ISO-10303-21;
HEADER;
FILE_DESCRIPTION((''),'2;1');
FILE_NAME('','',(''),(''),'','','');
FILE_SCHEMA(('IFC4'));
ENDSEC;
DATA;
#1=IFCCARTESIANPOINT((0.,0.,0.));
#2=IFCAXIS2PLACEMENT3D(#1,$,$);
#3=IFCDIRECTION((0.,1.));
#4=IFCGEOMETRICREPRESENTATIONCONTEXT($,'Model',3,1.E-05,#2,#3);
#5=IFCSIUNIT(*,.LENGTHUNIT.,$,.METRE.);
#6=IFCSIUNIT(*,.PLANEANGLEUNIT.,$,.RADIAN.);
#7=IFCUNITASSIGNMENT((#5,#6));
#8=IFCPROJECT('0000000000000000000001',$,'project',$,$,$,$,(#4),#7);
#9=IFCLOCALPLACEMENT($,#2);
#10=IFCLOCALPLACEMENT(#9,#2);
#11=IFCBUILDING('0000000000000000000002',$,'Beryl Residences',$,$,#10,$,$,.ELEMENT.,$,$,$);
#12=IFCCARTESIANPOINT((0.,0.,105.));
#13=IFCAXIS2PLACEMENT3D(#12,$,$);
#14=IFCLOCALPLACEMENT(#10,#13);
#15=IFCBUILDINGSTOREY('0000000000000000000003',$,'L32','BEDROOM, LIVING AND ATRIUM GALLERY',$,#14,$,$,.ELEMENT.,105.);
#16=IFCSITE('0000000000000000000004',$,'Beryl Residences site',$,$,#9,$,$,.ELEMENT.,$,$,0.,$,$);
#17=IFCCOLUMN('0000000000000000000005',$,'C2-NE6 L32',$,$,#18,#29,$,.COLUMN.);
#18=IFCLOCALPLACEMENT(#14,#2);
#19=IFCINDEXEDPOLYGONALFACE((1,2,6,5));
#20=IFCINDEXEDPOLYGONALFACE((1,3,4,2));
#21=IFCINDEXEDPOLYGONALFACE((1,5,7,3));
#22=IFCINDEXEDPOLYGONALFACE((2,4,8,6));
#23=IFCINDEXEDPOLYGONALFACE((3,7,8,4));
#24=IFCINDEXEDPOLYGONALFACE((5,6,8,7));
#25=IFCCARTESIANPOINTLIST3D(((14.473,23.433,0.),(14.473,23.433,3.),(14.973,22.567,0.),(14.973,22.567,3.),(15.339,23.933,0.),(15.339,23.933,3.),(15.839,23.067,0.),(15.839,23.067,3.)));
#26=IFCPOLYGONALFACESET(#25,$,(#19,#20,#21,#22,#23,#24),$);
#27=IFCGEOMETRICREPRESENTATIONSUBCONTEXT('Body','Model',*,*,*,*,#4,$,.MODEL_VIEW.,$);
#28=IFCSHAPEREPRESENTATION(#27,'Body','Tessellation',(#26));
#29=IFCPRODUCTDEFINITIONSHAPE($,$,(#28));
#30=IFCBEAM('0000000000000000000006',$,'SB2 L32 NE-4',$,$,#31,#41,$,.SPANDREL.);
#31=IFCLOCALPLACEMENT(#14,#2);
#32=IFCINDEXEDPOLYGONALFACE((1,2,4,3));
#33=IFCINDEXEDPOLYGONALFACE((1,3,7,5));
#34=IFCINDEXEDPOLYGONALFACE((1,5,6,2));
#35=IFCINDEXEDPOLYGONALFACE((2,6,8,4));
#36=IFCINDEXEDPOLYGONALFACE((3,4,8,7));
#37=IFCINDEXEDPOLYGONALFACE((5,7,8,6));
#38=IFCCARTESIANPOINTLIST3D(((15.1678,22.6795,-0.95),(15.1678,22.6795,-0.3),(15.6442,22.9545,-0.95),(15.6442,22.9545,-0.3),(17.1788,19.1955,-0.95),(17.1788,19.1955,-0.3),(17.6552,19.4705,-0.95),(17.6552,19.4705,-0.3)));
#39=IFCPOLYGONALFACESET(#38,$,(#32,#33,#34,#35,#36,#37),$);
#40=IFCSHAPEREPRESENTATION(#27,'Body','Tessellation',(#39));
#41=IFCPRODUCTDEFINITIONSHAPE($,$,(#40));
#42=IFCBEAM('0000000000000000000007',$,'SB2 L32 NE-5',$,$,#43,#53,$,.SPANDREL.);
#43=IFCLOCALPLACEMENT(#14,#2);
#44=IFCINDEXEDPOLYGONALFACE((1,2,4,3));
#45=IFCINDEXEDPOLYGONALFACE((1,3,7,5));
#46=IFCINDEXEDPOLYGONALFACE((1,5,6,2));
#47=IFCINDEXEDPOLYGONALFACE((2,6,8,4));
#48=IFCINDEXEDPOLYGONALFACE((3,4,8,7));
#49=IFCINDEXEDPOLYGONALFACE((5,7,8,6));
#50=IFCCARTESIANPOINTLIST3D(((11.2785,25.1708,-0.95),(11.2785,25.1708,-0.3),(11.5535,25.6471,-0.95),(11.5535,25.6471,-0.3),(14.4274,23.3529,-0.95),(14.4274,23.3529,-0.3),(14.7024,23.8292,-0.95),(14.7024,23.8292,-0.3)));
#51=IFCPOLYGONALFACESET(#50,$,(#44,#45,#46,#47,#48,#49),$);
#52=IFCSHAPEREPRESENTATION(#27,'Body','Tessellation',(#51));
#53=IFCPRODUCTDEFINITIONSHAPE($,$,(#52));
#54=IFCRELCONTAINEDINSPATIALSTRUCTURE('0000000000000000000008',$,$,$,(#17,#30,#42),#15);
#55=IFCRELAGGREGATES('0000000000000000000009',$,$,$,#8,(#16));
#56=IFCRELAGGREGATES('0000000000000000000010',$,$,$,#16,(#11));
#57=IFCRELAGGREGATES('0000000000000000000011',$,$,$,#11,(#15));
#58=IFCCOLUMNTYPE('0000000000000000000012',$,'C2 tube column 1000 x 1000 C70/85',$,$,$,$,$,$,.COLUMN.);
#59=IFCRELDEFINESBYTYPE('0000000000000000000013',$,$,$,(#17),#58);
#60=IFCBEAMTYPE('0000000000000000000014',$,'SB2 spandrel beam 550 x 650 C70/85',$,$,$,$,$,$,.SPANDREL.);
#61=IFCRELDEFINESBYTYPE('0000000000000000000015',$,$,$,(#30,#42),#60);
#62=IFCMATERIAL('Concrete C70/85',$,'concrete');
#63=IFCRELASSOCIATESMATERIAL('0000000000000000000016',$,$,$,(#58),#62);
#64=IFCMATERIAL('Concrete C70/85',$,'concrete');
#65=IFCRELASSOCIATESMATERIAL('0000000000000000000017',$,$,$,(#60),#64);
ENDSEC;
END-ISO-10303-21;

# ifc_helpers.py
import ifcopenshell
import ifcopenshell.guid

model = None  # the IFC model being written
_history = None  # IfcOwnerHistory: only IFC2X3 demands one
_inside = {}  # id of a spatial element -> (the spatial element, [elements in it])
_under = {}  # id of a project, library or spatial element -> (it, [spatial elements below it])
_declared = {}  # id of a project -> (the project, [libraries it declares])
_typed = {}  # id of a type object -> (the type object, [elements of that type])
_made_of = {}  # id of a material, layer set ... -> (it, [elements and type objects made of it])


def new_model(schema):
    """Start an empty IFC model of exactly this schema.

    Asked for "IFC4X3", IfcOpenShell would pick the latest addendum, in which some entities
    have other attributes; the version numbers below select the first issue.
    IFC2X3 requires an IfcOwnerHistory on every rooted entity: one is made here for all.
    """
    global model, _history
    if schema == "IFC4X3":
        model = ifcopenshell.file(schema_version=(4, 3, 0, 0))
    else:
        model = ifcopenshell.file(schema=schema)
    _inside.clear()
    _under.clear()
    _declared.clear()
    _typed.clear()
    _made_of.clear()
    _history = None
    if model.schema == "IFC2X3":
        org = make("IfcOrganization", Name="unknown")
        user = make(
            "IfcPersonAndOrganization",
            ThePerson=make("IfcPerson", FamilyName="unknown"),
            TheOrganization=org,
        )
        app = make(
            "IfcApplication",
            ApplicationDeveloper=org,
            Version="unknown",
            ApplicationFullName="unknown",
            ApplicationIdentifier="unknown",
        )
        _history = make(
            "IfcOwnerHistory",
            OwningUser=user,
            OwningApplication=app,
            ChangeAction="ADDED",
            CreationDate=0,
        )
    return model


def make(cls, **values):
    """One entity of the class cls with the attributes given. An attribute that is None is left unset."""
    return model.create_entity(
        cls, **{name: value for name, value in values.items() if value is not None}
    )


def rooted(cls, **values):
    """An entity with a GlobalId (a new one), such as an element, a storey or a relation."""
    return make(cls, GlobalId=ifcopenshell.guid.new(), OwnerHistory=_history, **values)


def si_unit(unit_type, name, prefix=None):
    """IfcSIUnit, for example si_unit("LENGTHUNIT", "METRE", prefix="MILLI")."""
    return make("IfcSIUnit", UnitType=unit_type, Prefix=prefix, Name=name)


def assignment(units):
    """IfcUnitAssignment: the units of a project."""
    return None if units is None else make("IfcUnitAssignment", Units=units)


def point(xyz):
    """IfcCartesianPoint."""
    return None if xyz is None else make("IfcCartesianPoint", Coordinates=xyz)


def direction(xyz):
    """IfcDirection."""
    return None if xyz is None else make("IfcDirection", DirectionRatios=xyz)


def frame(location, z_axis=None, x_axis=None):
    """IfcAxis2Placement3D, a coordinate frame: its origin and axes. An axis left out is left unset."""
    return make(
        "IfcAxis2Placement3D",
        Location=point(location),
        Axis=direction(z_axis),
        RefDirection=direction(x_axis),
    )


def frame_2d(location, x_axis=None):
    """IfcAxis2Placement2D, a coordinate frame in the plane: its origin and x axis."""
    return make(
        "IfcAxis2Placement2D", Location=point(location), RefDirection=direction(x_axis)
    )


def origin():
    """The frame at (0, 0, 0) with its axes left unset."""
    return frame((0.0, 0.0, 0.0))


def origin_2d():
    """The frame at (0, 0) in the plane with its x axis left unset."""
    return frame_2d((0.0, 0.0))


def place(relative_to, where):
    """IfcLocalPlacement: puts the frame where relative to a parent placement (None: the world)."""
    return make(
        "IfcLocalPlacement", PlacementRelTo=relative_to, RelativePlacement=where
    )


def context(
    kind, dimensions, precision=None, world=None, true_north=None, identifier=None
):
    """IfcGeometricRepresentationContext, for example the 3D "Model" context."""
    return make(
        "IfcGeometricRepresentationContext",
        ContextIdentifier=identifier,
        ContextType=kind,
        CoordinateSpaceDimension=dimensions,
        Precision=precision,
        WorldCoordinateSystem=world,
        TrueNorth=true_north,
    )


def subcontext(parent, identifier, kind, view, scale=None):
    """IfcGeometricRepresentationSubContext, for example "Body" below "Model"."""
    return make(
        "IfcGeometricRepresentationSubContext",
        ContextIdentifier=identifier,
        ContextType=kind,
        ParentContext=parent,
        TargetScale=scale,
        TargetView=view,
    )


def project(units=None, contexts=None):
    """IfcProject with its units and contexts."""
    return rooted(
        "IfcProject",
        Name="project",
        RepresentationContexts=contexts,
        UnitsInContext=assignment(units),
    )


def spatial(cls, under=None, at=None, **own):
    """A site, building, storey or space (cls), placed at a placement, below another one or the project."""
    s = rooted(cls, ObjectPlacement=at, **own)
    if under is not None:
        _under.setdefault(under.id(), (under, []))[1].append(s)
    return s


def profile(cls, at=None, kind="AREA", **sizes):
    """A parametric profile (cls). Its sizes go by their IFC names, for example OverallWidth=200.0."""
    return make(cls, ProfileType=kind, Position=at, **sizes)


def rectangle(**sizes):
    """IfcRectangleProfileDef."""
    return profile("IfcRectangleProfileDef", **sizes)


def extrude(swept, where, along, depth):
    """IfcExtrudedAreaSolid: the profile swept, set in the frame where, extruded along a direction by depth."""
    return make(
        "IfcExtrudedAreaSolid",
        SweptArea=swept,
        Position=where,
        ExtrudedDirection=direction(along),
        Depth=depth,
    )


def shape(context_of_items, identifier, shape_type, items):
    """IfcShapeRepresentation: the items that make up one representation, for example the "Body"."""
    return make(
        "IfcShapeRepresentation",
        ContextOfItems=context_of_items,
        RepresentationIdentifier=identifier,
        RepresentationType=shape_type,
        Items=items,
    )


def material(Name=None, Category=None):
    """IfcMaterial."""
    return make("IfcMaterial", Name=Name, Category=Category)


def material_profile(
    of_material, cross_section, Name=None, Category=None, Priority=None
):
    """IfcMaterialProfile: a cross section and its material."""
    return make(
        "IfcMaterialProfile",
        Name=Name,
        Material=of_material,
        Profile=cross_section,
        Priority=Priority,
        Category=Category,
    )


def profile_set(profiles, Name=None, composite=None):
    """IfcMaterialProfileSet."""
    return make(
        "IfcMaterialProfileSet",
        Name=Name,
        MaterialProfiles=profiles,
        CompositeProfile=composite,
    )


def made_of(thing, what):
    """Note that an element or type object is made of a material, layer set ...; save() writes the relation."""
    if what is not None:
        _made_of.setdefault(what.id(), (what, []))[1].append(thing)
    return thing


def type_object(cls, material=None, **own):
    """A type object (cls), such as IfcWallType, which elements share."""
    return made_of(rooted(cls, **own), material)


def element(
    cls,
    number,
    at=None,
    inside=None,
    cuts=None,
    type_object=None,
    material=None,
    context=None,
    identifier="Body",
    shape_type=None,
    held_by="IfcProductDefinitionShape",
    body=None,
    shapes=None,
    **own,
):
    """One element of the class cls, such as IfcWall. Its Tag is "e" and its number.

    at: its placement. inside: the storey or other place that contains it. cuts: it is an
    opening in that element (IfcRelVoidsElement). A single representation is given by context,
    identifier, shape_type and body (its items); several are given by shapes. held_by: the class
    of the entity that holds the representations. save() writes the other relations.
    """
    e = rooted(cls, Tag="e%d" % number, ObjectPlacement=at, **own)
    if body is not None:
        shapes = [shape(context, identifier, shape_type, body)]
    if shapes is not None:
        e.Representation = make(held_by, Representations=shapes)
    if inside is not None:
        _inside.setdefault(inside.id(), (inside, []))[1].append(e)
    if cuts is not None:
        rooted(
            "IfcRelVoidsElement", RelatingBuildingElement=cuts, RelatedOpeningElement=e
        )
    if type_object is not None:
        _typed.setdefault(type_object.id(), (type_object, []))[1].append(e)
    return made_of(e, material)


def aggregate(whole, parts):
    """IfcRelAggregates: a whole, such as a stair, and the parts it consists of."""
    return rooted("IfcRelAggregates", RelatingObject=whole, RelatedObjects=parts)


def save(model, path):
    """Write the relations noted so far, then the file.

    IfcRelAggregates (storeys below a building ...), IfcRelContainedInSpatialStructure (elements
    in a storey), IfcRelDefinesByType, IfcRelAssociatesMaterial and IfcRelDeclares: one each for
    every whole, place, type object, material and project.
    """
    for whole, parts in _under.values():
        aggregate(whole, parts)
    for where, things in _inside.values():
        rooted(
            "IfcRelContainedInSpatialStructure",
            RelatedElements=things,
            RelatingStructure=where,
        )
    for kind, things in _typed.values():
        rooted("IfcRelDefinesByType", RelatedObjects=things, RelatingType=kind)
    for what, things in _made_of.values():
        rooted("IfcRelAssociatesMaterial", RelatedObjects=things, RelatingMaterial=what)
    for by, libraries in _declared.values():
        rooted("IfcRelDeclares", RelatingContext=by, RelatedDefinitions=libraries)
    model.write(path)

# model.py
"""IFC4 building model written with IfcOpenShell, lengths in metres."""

from ifc_helpers import new_model, si_unit, direction, frame, origin, origin_2d, place, context, subcontext, project, spatial, rectangle, extrude, material, material_profile, profile_set, type_object, element, save


model = new_model("IFC4")

# Units and contexts
model_context = context("Model", 3, precision=1e-05, world=origin(), true_north=direction((0.0, 1.0)))
body_context = subcontext(model_context, "Body", "Model", "MODEL_VIEW")
ifc_project = project(units=[si_unit("LENGTHUNIT", "METRE"), si_unit("PLANEANGLEUNIT", "RADIAN")], contexts=[model_context])

# Site, building, storey
site_placement = place(None, origin())
site = spatial("IfcSite", under=ifc_project, at=site_placement, Name="Beryl Residences site", CompositionType="ELEMENT", RefElevation=0.0)
building_placement = place(site_placement, origin())
building = spatial("IfcBuilding", under=site, at=building_placement, Name="Beryl Residences", CompositionType="ELEMENT")
storey_placement = place(building_placement, frame((0.0, 0.0, 105.0)))
storey = spatial("IfcBuildingStorey", under=building, at=storey_placement, Name="L32", Description="BEDROOM, LIVING AND ATRIUM GALLERY", CompositionType="ELEMENT", Elevation=105.0)

# Column
ifc_material_1 = material(Name="Concrete C70/85", Category="concrete")
ifc_material_profile_1 = material_profile(ifc_material_1, rectangle(XDim=1.0, YDim=1.0, at=origin_2d()))
ifc_profile_set_1 = profile_set([ifc_material_profile_1], Name="Concrete C70/85")
column_type = type_object("IfcColumnType", Name="C2 tube column 1000 x 1000 C70/85", PredefinedType="COLUMN", material=ifc_profile_set_1)
column_placement = place(storey_placement, frame((15.156, 23.25, 0.0), z_axis=(0.0, 0.0, 1.0), x_axis=(-0.5, 0.866025, 0.0)))
element("IfcColumn", 1, at=column_placement, inside=storey, type_object=column_type, Name="C2-NE6 L32", PredefinedType="COLUMN", context=body_context, shape_type="SweptSolid", body=[
    extrude(rectangle(XDim=1.0, YDim=1.0, at=origin_2d()), origin(), (0.0, 0.0, 1.0), 3.0),
])

# Beams
ifc_material_2 = material(Name="Concrete C70/85", Category="concrete")
ifc_material_profile_2 = material_profile(ifc_material_2, rectangle(XDim=0.55, YDim=0.6499, at=origin_2d()))
ifc_profile_set_2 = profile_set([ifc_material_profile_2], Name="Concrete C70/85")
beam_type = type_object("IfcBeamType", Name="SB2 spandrel beam 550 x 650 C70/85", PredefinedType="SPANDREL", material=ifc_profile_set_2)
beam_1_placement = place(storey_placement, frame((17.417, 19.333, -0.625), z_axis=(-0.499919, 0.866072, 0.0), x_axis=(-0.866072, -0.499919, 0.0)))
element("IfcBeam", 2, at=beam_1_placement, inside=storey, type_object=beam_type, Name="SB2 L32 NE-4", PredefinedType="SPANDREL", context=body_context, shape_type="SweptSolid", body=[
    extrude(rectangle(XDim=0.55, YDim=0.6499, at=origin_2d()), origin(), (0.0, 0.0, 1.0), 4.0227),
])
beam_2_placement = place(storey_placement, frame((14.5649, 23.5911, -0.625), z_axis=(-0.866045, 0.499967, 0.0), x_axis=(-0.499967, -0.866045, 0.0)))
element("IfcBeam", 3, at=beam_2_placement, inside=storey, type_object=beam_type, Name="SB2 L32 NE-5", PredefinedType="SPANDREL", context=body_context, shape_type="SweptSolid", body=[
    extrude(rectangle(XDim=0.55, YDim=0.6499, at=origin_2d()), origin(), (0.0, 0.0, 1.0), 3.636),
])

save(model, "model.ifc")
